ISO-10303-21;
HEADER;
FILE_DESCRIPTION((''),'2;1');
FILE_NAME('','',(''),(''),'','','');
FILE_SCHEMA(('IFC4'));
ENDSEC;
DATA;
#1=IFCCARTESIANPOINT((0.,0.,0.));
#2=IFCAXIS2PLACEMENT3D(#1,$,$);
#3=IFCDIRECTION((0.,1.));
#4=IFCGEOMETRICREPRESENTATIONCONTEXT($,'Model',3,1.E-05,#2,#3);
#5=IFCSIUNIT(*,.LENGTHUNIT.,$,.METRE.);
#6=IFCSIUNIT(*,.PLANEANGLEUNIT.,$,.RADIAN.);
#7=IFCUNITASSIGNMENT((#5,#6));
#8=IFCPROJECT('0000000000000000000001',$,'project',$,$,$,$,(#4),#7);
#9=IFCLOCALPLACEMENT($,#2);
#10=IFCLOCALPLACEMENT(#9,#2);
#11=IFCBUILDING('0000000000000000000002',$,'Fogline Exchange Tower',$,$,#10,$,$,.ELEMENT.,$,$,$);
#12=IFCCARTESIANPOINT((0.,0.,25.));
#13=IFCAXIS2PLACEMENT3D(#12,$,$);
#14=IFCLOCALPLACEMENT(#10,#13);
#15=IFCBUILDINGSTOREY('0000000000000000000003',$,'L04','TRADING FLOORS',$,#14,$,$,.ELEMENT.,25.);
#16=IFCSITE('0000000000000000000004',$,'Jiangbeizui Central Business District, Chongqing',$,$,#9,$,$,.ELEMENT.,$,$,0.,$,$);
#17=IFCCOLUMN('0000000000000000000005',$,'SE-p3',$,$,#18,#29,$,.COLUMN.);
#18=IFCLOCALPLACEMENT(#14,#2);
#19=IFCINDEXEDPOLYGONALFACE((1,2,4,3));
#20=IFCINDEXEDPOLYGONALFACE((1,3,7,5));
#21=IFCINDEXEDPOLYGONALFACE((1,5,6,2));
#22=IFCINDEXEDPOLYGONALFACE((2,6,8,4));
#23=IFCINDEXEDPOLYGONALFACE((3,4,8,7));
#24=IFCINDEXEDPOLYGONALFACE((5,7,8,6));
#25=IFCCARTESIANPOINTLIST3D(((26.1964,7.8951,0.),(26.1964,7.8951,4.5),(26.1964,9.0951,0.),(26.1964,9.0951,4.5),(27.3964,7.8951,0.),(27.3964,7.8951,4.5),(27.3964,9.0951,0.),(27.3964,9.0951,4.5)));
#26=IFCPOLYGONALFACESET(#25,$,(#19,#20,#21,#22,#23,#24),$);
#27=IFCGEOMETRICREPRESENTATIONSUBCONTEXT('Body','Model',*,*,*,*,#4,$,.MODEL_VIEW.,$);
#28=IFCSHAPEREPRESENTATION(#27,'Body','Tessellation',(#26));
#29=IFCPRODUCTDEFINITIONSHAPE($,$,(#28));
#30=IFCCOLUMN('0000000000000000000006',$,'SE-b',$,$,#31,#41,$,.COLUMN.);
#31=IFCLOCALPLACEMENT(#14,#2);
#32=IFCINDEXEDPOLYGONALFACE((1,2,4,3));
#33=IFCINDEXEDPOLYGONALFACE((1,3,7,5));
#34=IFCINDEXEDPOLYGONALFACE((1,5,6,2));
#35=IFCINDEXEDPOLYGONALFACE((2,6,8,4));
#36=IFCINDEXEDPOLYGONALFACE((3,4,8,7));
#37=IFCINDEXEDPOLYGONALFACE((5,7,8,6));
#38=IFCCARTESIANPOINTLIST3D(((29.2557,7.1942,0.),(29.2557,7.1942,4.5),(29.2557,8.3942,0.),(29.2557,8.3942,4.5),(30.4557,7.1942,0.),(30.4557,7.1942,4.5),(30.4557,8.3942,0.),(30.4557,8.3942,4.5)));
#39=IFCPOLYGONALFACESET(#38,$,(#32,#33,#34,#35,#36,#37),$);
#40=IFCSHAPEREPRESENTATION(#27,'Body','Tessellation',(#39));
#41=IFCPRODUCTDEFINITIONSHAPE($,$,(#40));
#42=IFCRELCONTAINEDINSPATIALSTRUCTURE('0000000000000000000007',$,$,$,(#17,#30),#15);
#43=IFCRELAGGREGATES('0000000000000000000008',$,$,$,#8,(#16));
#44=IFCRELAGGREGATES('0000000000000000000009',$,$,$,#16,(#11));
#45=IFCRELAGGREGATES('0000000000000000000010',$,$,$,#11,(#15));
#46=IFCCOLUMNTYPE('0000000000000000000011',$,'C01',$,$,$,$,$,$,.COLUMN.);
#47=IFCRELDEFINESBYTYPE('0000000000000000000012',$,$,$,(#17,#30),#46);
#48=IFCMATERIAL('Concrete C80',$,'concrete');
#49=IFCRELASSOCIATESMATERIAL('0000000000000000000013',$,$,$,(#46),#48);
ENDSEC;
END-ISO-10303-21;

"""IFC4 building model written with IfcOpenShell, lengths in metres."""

from ifc_helpers import new_model, si_unit, direction, frame, origin, origin_2d, place, context, subcontext, project, spatial, rectangle, extrude, material, material_profile, profile_set, type_object, element, save


model = new_model("IFC4")

# Units and contexts
model_context = context("Model", 3, precision=1e-05, world=origin(), true_north=direction((0.0, 1.0)))
body_context = subcontext(model_context, "Body", "Model", "MODEL_VIEW")
ifc_project = project(units=[si_unit("LENGTHUNIT", "METRE"), si_unit("PLANEANGLEUNIT", "RADIAN")], contexts=[model_context])

# Site, building, storey
site_placement = place(None, origin())
site = spatial("IfcSite", under=ifc_project, at=site_placement, Name="Jiangbeizui Central Business District, Chongqing", CompositionType="ELEMENT", RefElevation=0.0)
building_placement = place(site_placement, origin())
building = spatial("IfcBuilding", under=site, at=building_placement, Name="Fogline Exchange Tower", CompositionType="ELEMENT")
storey_placement = place(building_placement, frame((0.0, 0.0, 25.0)))
storey = spatial("IfcBuildingStorey", under=building, at=storey_placement, Name="L04", Description="TRADING FLOORS", CompositionType="ELEMENT", Elevation=25.0)

# Columns
ifc_material_1 = material(Name="Concrete C80", Category="concrete")
ifc_material_profile = material_profile(ifc_material_1, rectangle(XDim=1.2, YDim=1.2, at=origin_2d()), Name="RC 1200x1200")
ifc_profile_set = profile_set([ifc_material_profile], Name="Concrete C80")
column_type = type_object("IfcColumnType", Name="C01", PredefinedType="COLUMN", material=ifc_profile_set)
for number, where, z_axis, x_axis, name in (
    (1, (26.7964, 8.4951, 0.0), (0.0, 0.0, 1.0), (1.0, 0.0, 0.0), "SE-p3"),
    (2, (29.8557, 7.7942, 0.0), (0.0, 0.0, 1.0), (1.0, 0.0, 0.0), "SE-b"),
):
    element("IfcColumn", number, at=place(storey_placement, frame(where, z_axis=z_axis, x_axis=x_axis)), inside=storey, type_object=column_type, Name=name, PredefinedType="COLUMN", context=body_context, shape_type="SweptSolid", body=[
        extrude(rectangle(XDim=1.2, YDim=1.2, at=origin_2d()), origin(), (0.0, 0.0, 1.0), 4.5),
    ])

save(model, "model.ifc")
